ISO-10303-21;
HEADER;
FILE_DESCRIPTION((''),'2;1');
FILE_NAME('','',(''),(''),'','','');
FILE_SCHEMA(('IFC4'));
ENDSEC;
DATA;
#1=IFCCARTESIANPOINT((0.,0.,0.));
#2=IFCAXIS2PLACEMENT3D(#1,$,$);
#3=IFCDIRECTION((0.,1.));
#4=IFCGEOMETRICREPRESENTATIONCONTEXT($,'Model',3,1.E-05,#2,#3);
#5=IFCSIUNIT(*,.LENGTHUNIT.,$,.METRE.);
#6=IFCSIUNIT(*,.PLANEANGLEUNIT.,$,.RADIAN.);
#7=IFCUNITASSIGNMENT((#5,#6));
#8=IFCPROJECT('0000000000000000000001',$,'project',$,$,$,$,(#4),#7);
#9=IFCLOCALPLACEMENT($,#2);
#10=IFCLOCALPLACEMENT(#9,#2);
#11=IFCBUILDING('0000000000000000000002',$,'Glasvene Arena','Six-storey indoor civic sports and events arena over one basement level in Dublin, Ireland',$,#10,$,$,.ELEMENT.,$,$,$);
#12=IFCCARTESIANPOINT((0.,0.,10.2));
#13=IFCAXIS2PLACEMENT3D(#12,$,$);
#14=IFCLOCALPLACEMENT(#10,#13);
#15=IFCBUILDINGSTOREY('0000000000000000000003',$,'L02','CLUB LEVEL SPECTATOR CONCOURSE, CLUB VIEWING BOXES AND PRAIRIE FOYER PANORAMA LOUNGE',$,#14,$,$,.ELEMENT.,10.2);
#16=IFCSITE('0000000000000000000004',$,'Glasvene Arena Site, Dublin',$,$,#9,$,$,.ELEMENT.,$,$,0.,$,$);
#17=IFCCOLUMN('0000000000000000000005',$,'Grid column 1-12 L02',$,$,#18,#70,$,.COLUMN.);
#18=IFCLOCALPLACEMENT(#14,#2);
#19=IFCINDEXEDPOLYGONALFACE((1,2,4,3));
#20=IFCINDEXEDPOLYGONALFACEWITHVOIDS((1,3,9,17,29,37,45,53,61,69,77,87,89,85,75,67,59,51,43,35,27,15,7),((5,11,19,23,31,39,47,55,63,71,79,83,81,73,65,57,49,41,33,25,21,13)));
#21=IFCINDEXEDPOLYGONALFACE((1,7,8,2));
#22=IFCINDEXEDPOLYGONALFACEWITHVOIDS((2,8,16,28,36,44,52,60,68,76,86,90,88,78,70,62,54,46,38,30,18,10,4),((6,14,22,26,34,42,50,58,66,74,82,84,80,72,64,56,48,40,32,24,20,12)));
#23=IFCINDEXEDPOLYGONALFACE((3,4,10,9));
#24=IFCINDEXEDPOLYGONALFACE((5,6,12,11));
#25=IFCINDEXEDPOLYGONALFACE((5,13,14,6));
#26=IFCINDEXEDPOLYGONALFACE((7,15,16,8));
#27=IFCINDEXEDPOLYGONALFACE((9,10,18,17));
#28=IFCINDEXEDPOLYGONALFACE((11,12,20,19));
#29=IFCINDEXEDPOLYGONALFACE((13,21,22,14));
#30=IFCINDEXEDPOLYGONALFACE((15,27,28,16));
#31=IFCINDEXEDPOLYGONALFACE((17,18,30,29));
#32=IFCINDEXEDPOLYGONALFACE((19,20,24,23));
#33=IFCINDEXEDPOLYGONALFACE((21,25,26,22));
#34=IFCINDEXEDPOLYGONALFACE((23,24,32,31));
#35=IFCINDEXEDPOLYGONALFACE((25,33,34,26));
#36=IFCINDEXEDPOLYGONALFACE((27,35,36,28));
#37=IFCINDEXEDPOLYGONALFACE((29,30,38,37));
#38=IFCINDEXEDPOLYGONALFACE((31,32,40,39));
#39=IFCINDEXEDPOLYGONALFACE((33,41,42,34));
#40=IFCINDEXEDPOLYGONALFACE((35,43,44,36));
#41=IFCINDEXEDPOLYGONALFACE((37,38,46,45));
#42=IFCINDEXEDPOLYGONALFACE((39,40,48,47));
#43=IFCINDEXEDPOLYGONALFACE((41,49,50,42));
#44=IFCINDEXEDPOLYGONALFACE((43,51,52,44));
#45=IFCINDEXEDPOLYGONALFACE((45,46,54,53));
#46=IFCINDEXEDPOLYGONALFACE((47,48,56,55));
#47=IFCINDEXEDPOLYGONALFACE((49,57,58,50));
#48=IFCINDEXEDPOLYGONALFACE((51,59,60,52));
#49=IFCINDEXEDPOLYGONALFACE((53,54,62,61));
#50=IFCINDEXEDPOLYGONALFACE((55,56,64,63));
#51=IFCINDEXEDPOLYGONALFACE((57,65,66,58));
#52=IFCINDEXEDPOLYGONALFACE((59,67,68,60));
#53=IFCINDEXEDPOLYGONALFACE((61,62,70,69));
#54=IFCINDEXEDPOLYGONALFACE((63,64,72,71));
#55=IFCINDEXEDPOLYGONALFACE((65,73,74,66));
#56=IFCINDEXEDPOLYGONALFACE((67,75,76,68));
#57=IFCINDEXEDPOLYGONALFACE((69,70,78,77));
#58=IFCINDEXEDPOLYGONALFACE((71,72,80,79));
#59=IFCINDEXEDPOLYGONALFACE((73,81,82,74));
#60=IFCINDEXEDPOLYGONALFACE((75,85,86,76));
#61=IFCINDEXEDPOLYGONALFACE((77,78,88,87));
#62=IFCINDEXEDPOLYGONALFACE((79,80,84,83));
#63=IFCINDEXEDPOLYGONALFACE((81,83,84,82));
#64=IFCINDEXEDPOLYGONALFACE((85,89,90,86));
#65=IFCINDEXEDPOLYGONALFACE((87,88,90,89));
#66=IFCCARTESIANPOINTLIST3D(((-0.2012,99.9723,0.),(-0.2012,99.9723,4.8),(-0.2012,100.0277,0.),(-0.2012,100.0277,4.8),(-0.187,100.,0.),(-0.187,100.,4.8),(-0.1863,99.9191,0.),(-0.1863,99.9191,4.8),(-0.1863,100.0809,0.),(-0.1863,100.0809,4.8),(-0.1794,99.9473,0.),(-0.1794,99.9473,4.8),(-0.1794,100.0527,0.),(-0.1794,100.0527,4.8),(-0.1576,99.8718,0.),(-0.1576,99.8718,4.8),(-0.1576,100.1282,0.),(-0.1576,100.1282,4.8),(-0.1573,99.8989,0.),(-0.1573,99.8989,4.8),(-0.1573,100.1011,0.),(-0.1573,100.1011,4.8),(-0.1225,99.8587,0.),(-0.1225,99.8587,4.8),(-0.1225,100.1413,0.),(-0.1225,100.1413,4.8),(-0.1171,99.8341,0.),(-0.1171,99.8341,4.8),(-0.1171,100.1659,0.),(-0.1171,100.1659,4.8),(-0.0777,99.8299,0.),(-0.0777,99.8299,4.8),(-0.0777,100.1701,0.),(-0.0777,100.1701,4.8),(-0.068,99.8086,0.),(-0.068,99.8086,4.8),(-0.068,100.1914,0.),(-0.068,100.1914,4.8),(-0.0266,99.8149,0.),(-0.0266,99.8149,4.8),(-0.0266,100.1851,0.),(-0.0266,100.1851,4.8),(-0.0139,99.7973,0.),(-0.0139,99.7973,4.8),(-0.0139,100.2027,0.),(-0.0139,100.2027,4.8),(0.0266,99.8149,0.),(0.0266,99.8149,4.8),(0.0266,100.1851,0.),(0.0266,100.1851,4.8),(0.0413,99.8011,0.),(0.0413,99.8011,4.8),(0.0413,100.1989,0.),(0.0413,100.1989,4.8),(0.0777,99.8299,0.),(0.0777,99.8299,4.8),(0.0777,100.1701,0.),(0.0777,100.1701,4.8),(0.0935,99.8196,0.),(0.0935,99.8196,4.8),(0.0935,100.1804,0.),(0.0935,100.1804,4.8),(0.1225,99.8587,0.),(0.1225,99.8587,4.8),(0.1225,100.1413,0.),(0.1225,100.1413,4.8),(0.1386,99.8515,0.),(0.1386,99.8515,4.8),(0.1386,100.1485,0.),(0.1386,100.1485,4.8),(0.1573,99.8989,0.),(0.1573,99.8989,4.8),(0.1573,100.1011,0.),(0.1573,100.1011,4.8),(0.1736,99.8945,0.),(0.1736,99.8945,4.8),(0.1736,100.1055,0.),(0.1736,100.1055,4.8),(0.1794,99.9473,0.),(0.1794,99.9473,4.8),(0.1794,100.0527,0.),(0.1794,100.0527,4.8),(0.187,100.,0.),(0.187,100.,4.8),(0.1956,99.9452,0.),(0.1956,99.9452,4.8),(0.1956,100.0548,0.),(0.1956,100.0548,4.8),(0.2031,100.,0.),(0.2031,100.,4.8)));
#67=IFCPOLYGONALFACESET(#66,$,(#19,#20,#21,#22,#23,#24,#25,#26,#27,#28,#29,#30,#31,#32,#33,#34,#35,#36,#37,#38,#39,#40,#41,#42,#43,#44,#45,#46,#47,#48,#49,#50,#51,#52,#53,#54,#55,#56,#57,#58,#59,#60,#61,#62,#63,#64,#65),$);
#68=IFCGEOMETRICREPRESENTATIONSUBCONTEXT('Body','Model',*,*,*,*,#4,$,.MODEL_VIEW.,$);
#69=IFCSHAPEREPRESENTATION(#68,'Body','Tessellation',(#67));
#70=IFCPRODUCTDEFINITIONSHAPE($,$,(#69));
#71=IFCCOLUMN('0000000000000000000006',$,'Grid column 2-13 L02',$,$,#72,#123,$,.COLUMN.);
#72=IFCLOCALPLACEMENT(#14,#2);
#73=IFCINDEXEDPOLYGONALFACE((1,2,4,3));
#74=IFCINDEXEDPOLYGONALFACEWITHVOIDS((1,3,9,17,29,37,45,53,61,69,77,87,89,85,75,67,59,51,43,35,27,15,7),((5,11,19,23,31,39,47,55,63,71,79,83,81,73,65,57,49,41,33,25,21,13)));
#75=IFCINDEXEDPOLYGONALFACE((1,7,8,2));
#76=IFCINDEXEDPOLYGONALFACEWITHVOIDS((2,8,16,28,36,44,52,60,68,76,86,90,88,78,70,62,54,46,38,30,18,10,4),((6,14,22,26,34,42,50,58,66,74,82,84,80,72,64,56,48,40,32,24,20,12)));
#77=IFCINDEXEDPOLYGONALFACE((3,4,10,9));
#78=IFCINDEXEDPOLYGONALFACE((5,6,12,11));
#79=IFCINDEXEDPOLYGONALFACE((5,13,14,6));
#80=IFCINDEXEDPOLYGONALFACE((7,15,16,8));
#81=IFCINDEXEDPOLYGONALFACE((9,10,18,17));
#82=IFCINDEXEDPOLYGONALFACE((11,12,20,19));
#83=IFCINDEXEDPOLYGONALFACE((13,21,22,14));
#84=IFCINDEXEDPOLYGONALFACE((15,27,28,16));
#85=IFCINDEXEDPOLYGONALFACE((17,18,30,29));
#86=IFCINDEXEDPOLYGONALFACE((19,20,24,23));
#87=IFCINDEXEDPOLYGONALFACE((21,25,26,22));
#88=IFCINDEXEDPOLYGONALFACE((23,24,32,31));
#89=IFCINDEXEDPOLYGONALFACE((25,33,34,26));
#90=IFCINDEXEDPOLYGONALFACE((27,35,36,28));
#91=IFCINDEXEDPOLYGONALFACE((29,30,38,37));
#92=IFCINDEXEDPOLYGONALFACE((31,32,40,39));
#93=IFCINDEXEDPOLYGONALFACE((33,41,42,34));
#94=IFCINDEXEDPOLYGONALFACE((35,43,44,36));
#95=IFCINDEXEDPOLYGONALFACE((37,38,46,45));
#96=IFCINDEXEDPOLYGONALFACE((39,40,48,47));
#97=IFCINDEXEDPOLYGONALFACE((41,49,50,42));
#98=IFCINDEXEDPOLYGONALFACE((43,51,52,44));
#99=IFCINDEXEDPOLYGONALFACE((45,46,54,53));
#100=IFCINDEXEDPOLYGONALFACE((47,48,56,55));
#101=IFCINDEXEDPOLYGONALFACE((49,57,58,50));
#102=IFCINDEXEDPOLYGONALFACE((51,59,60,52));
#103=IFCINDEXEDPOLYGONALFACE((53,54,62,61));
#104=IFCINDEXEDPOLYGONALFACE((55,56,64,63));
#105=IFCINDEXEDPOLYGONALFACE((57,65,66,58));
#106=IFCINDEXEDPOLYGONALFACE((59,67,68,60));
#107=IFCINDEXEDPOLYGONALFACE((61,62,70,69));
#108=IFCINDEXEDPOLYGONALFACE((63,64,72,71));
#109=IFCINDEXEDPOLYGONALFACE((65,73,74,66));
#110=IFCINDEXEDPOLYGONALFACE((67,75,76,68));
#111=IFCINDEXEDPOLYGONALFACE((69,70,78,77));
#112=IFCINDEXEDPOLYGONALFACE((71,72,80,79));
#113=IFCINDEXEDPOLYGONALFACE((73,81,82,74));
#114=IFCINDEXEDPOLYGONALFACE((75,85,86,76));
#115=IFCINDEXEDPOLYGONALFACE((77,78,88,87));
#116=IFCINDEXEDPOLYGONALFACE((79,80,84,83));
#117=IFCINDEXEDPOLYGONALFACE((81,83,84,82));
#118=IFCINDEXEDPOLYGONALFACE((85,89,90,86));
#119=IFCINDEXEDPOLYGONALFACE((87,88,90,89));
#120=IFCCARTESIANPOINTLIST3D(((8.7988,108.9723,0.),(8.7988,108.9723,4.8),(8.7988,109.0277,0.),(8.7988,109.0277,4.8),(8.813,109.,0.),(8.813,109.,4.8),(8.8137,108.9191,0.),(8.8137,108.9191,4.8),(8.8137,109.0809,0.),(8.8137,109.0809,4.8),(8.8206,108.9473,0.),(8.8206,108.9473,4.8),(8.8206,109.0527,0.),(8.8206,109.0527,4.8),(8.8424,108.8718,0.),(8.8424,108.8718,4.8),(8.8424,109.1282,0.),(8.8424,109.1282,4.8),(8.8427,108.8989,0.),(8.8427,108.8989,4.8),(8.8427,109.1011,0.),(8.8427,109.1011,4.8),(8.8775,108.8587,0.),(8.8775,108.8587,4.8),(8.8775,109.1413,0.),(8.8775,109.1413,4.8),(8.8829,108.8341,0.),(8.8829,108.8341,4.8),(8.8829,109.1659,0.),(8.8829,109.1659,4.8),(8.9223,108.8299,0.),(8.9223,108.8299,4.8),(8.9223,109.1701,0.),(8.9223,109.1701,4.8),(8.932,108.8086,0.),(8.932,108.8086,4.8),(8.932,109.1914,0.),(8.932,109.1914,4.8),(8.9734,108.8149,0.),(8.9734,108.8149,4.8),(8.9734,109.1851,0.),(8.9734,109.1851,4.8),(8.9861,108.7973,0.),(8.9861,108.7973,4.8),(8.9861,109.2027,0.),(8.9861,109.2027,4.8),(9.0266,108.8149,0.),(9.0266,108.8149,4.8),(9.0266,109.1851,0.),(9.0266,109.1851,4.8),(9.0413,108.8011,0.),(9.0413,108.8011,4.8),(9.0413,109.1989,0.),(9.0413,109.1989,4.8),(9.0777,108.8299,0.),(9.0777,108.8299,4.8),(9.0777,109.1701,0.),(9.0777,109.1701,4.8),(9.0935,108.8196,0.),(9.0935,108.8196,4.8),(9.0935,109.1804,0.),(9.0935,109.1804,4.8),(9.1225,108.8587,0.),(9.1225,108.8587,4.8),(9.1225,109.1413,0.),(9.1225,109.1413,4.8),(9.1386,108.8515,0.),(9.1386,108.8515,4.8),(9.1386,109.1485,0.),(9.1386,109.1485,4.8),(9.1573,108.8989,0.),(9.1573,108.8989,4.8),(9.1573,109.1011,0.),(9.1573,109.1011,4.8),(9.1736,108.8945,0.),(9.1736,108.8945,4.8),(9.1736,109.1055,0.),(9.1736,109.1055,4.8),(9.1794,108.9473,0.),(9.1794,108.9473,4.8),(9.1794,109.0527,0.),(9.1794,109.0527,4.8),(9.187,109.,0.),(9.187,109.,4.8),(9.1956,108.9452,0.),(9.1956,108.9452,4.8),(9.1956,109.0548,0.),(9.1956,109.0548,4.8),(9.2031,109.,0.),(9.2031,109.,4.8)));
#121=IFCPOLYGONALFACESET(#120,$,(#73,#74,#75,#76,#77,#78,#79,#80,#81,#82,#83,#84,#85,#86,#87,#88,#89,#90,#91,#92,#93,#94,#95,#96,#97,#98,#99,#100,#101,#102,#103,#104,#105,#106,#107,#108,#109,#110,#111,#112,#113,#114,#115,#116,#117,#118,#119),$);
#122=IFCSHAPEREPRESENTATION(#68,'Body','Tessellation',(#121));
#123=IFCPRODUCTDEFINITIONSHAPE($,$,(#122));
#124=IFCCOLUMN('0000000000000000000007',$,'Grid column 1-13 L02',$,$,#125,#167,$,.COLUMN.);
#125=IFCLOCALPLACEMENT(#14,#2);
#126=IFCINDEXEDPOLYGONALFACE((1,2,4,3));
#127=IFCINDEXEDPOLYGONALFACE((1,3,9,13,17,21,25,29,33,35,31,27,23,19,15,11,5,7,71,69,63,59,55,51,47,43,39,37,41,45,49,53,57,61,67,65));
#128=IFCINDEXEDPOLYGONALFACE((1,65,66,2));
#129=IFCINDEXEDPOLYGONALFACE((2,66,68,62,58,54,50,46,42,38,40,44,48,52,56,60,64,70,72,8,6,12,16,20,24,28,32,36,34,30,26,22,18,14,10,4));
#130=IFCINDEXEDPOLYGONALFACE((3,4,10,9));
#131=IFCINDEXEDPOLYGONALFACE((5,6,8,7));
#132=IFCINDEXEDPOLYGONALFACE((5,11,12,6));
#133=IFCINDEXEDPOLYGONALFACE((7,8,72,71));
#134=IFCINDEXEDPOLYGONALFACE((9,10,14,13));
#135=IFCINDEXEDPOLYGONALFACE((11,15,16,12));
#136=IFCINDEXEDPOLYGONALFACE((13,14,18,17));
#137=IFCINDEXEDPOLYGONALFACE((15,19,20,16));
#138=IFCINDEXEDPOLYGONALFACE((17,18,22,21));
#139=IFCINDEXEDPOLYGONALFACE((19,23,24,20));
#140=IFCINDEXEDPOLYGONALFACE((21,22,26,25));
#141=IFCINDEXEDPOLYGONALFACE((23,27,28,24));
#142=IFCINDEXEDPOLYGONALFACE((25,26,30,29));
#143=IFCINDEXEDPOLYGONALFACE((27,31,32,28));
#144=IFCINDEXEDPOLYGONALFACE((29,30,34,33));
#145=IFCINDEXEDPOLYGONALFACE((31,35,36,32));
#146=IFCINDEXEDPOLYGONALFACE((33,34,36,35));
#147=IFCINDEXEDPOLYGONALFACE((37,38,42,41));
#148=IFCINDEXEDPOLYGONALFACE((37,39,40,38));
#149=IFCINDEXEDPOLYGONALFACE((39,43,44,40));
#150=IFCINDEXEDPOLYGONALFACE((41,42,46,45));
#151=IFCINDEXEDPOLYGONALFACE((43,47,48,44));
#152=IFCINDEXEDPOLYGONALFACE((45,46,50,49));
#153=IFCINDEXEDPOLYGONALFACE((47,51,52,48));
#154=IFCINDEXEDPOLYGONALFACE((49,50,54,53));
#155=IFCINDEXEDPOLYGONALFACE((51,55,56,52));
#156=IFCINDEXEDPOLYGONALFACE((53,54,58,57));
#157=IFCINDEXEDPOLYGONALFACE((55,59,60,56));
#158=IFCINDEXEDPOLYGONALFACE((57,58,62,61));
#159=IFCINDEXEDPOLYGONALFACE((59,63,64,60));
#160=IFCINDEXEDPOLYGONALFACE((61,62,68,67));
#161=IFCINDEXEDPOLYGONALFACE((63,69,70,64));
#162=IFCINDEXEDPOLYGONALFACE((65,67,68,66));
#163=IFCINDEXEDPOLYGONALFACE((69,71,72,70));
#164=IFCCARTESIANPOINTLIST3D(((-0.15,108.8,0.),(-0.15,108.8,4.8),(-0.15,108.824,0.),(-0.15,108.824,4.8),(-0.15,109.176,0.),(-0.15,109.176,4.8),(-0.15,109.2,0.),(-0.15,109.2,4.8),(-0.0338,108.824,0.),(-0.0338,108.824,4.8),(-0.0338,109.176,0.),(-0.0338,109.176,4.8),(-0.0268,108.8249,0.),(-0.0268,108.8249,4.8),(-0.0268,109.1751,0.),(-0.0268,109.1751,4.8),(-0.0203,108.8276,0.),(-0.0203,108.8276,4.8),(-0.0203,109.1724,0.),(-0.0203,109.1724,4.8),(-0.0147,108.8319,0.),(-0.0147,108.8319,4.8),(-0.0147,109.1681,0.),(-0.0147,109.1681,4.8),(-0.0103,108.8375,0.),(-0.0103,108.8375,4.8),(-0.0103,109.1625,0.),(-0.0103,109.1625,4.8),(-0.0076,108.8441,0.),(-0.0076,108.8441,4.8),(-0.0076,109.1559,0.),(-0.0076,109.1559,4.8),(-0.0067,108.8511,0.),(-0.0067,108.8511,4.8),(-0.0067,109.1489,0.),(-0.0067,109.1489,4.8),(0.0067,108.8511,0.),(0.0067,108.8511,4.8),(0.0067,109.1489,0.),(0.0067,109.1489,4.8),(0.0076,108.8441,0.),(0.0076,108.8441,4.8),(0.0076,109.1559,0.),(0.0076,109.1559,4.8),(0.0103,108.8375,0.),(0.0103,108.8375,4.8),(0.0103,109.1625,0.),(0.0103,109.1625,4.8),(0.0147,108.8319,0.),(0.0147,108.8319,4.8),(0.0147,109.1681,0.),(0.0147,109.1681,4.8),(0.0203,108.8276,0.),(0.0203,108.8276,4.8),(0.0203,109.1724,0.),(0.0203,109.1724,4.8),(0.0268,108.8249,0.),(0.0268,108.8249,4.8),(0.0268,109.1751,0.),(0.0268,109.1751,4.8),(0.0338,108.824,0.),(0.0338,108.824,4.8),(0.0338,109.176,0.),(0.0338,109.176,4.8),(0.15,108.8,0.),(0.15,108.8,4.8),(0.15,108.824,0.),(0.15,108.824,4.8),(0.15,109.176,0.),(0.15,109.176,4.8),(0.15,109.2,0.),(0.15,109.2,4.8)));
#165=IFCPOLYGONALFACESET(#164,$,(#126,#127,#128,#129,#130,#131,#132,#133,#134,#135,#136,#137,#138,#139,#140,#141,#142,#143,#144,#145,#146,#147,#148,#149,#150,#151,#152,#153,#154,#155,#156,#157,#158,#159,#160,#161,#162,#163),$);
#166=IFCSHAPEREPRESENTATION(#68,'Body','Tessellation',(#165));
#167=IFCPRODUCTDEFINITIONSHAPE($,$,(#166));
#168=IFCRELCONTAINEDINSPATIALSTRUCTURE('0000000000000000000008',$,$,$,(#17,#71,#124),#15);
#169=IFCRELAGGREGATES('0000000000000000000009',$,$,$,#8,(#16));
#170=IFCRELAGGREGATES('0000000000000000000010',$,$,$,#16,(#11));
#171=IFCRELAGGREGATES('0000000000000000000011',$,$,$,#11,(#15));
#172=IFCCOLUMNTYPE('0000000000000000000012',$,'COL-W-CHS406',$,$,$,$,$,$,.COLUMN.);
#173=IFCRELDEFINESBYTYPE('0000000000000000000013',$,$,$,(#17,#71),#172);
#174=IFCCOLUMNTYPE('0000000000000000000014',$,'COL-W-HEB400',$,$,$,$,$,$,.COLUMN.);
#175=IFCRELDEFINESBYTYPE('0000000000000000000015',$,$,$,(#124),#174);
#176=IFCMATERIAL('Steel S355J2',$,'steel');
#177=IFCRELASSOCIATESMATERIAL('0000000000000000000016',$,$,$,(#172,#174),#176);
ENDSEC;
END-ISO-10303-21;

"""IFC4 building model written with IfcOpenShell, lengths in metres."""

from ifc_helpers import new_model, si_unit, direction, frame, origin, origin_2d, place, context, subcontext, project, spatial, hollow_circle, i_section, extrude, material, material_profile, profile_set, type_object, element, save


model = new_model("IFC4")

# Units and contexts
model_context = context("Model", 3, precision=1e-05, world=origin(), true_north=direction((0.0, 1.0)))
body_context = subcontext(model_context, "Body", "Model", "MODEL_VIEW")
ifc_project = project(units=[si_unit("LENGTHUNIT", "METRE"), si_unit("PLANEANGLEUNIT", "RADIAN")], contexts=[model_context])

# Site, building, storey
site_placement = place(None, origin())
site = spatial("IfcSite", under=ifc_project, at=site_placement, Name="Glasvene Arena Site, Dublin", CompositionType="ELEMENT", RefElevation=0.0)
building_placement = place(site_placement, origin())
building = spatial("IfcBuilding", under=site, at=building_placement, Name="Glasvene Arena", Description="Six-storey indoor civic sports and events arena over one basement level in Dublin, Ireland", CompositionType="ELEMENT")
storey_placement = place(building_placement, frame((0.0, 0.0, 10.2)))
storey = spatial("IfcBuildingStorey", under=building, at=storey_placement, Name="L02", Description="CLUB LEVEL SPECTATOR CONCOURSE, CLUB VIEWING BOXES AND PRAIRIE FOYER PANORAMA LOUNGE", CompositionType="ELEMENT", Elevation=10.2)

# Columns
ifc_material_1 = material(Name="Steel S355J2", Category="steel")
ifc_material_profile_1 = material_profile(ifc_material_1, hollow_circle(Radius=0.2031, WallThickness=0.0161, at=origin_2d()), Name="CHS 406.4x16.0")
ifc_profile_set_1 = profile_set([ifc_material_profile_1], Name="Steel S355J2")
column_type_1 = type_object("IfcColumnType", Name="COL-W-CHS406", PredefinedType="COLUMN", material=ifc_profile_set_1)
for number, where, z_axis, x_axis, name in (
    (1, (0.0, 100.0, 0.0), (0.0, 0.0, 1.0), (1.0, 0.0, 0.0), "Grid column 1-12 L02"),
    (2, (9.0, 109.0, 0.0), (0.0, 0.0, 1.0), (1.0, 0.0, 0.0), "Grid column 2-13 L02"),
):
    element("IfcColumn", number, at=place(storey_placement, frame(where, z_axis=z_axis, x_axis=x_axis)), inside=storey, type_object=column_type_1, Name=name, PredefinedType="COLUMN", context=body_context, shape_type="SweptSolid", body=[
        extrude(hollow_circle(Radius=0.2031, WallThickness=0.0161, at=origin_2d()), origin(), (0.0, 0.0, 1.0), 4.8),
    ])
ifc_material_profile_2 = material_profile(ifc_material_1, i_section(OverallWidth=0.3, OverallDepth=0.3999, WebThickness=0.0134, FlangeThickness=0.0239, FilletRadius=0.0271, at=origin_2d()), Name="HEB 400")
ifc_profile_set_2 = profile_set([ifc_material_profile_2], Name="Steel S355J2")
column_type_2 = type_object("IfcColumnType", Name="COL-W-HEB400", PredefinedType="COLUMN", material=ifc_profile_set_2)
for number, where, z_axis, x_axis, name in (
    (3, (0.0, 109.0, 0.0), (0.0, 0.0, 1.0), (1.0, 0.0, 0.0), "Grid column 1-13 L02"),
):
    element("IfcColumn", number, at=place(storey_placement, frame(where, z_axis=z_axis, x_axis=x_axis)), inside=storey, type_object=column_type_2, Name=name, PredefinedType="COLUMN", context=body_context, shape_type="SweptSolid", body=[
        extrude(i_section(OverallWidth=0.3, OverallDepth=0.3999, WebThickness=0.0134, FlangeThickness=0.0239, FilletRadius=0.0271, at=origin_2d()), origin(), (0.0, 0.0, 1.0), 4.8),
    ])

save(model, "model.ifc")
